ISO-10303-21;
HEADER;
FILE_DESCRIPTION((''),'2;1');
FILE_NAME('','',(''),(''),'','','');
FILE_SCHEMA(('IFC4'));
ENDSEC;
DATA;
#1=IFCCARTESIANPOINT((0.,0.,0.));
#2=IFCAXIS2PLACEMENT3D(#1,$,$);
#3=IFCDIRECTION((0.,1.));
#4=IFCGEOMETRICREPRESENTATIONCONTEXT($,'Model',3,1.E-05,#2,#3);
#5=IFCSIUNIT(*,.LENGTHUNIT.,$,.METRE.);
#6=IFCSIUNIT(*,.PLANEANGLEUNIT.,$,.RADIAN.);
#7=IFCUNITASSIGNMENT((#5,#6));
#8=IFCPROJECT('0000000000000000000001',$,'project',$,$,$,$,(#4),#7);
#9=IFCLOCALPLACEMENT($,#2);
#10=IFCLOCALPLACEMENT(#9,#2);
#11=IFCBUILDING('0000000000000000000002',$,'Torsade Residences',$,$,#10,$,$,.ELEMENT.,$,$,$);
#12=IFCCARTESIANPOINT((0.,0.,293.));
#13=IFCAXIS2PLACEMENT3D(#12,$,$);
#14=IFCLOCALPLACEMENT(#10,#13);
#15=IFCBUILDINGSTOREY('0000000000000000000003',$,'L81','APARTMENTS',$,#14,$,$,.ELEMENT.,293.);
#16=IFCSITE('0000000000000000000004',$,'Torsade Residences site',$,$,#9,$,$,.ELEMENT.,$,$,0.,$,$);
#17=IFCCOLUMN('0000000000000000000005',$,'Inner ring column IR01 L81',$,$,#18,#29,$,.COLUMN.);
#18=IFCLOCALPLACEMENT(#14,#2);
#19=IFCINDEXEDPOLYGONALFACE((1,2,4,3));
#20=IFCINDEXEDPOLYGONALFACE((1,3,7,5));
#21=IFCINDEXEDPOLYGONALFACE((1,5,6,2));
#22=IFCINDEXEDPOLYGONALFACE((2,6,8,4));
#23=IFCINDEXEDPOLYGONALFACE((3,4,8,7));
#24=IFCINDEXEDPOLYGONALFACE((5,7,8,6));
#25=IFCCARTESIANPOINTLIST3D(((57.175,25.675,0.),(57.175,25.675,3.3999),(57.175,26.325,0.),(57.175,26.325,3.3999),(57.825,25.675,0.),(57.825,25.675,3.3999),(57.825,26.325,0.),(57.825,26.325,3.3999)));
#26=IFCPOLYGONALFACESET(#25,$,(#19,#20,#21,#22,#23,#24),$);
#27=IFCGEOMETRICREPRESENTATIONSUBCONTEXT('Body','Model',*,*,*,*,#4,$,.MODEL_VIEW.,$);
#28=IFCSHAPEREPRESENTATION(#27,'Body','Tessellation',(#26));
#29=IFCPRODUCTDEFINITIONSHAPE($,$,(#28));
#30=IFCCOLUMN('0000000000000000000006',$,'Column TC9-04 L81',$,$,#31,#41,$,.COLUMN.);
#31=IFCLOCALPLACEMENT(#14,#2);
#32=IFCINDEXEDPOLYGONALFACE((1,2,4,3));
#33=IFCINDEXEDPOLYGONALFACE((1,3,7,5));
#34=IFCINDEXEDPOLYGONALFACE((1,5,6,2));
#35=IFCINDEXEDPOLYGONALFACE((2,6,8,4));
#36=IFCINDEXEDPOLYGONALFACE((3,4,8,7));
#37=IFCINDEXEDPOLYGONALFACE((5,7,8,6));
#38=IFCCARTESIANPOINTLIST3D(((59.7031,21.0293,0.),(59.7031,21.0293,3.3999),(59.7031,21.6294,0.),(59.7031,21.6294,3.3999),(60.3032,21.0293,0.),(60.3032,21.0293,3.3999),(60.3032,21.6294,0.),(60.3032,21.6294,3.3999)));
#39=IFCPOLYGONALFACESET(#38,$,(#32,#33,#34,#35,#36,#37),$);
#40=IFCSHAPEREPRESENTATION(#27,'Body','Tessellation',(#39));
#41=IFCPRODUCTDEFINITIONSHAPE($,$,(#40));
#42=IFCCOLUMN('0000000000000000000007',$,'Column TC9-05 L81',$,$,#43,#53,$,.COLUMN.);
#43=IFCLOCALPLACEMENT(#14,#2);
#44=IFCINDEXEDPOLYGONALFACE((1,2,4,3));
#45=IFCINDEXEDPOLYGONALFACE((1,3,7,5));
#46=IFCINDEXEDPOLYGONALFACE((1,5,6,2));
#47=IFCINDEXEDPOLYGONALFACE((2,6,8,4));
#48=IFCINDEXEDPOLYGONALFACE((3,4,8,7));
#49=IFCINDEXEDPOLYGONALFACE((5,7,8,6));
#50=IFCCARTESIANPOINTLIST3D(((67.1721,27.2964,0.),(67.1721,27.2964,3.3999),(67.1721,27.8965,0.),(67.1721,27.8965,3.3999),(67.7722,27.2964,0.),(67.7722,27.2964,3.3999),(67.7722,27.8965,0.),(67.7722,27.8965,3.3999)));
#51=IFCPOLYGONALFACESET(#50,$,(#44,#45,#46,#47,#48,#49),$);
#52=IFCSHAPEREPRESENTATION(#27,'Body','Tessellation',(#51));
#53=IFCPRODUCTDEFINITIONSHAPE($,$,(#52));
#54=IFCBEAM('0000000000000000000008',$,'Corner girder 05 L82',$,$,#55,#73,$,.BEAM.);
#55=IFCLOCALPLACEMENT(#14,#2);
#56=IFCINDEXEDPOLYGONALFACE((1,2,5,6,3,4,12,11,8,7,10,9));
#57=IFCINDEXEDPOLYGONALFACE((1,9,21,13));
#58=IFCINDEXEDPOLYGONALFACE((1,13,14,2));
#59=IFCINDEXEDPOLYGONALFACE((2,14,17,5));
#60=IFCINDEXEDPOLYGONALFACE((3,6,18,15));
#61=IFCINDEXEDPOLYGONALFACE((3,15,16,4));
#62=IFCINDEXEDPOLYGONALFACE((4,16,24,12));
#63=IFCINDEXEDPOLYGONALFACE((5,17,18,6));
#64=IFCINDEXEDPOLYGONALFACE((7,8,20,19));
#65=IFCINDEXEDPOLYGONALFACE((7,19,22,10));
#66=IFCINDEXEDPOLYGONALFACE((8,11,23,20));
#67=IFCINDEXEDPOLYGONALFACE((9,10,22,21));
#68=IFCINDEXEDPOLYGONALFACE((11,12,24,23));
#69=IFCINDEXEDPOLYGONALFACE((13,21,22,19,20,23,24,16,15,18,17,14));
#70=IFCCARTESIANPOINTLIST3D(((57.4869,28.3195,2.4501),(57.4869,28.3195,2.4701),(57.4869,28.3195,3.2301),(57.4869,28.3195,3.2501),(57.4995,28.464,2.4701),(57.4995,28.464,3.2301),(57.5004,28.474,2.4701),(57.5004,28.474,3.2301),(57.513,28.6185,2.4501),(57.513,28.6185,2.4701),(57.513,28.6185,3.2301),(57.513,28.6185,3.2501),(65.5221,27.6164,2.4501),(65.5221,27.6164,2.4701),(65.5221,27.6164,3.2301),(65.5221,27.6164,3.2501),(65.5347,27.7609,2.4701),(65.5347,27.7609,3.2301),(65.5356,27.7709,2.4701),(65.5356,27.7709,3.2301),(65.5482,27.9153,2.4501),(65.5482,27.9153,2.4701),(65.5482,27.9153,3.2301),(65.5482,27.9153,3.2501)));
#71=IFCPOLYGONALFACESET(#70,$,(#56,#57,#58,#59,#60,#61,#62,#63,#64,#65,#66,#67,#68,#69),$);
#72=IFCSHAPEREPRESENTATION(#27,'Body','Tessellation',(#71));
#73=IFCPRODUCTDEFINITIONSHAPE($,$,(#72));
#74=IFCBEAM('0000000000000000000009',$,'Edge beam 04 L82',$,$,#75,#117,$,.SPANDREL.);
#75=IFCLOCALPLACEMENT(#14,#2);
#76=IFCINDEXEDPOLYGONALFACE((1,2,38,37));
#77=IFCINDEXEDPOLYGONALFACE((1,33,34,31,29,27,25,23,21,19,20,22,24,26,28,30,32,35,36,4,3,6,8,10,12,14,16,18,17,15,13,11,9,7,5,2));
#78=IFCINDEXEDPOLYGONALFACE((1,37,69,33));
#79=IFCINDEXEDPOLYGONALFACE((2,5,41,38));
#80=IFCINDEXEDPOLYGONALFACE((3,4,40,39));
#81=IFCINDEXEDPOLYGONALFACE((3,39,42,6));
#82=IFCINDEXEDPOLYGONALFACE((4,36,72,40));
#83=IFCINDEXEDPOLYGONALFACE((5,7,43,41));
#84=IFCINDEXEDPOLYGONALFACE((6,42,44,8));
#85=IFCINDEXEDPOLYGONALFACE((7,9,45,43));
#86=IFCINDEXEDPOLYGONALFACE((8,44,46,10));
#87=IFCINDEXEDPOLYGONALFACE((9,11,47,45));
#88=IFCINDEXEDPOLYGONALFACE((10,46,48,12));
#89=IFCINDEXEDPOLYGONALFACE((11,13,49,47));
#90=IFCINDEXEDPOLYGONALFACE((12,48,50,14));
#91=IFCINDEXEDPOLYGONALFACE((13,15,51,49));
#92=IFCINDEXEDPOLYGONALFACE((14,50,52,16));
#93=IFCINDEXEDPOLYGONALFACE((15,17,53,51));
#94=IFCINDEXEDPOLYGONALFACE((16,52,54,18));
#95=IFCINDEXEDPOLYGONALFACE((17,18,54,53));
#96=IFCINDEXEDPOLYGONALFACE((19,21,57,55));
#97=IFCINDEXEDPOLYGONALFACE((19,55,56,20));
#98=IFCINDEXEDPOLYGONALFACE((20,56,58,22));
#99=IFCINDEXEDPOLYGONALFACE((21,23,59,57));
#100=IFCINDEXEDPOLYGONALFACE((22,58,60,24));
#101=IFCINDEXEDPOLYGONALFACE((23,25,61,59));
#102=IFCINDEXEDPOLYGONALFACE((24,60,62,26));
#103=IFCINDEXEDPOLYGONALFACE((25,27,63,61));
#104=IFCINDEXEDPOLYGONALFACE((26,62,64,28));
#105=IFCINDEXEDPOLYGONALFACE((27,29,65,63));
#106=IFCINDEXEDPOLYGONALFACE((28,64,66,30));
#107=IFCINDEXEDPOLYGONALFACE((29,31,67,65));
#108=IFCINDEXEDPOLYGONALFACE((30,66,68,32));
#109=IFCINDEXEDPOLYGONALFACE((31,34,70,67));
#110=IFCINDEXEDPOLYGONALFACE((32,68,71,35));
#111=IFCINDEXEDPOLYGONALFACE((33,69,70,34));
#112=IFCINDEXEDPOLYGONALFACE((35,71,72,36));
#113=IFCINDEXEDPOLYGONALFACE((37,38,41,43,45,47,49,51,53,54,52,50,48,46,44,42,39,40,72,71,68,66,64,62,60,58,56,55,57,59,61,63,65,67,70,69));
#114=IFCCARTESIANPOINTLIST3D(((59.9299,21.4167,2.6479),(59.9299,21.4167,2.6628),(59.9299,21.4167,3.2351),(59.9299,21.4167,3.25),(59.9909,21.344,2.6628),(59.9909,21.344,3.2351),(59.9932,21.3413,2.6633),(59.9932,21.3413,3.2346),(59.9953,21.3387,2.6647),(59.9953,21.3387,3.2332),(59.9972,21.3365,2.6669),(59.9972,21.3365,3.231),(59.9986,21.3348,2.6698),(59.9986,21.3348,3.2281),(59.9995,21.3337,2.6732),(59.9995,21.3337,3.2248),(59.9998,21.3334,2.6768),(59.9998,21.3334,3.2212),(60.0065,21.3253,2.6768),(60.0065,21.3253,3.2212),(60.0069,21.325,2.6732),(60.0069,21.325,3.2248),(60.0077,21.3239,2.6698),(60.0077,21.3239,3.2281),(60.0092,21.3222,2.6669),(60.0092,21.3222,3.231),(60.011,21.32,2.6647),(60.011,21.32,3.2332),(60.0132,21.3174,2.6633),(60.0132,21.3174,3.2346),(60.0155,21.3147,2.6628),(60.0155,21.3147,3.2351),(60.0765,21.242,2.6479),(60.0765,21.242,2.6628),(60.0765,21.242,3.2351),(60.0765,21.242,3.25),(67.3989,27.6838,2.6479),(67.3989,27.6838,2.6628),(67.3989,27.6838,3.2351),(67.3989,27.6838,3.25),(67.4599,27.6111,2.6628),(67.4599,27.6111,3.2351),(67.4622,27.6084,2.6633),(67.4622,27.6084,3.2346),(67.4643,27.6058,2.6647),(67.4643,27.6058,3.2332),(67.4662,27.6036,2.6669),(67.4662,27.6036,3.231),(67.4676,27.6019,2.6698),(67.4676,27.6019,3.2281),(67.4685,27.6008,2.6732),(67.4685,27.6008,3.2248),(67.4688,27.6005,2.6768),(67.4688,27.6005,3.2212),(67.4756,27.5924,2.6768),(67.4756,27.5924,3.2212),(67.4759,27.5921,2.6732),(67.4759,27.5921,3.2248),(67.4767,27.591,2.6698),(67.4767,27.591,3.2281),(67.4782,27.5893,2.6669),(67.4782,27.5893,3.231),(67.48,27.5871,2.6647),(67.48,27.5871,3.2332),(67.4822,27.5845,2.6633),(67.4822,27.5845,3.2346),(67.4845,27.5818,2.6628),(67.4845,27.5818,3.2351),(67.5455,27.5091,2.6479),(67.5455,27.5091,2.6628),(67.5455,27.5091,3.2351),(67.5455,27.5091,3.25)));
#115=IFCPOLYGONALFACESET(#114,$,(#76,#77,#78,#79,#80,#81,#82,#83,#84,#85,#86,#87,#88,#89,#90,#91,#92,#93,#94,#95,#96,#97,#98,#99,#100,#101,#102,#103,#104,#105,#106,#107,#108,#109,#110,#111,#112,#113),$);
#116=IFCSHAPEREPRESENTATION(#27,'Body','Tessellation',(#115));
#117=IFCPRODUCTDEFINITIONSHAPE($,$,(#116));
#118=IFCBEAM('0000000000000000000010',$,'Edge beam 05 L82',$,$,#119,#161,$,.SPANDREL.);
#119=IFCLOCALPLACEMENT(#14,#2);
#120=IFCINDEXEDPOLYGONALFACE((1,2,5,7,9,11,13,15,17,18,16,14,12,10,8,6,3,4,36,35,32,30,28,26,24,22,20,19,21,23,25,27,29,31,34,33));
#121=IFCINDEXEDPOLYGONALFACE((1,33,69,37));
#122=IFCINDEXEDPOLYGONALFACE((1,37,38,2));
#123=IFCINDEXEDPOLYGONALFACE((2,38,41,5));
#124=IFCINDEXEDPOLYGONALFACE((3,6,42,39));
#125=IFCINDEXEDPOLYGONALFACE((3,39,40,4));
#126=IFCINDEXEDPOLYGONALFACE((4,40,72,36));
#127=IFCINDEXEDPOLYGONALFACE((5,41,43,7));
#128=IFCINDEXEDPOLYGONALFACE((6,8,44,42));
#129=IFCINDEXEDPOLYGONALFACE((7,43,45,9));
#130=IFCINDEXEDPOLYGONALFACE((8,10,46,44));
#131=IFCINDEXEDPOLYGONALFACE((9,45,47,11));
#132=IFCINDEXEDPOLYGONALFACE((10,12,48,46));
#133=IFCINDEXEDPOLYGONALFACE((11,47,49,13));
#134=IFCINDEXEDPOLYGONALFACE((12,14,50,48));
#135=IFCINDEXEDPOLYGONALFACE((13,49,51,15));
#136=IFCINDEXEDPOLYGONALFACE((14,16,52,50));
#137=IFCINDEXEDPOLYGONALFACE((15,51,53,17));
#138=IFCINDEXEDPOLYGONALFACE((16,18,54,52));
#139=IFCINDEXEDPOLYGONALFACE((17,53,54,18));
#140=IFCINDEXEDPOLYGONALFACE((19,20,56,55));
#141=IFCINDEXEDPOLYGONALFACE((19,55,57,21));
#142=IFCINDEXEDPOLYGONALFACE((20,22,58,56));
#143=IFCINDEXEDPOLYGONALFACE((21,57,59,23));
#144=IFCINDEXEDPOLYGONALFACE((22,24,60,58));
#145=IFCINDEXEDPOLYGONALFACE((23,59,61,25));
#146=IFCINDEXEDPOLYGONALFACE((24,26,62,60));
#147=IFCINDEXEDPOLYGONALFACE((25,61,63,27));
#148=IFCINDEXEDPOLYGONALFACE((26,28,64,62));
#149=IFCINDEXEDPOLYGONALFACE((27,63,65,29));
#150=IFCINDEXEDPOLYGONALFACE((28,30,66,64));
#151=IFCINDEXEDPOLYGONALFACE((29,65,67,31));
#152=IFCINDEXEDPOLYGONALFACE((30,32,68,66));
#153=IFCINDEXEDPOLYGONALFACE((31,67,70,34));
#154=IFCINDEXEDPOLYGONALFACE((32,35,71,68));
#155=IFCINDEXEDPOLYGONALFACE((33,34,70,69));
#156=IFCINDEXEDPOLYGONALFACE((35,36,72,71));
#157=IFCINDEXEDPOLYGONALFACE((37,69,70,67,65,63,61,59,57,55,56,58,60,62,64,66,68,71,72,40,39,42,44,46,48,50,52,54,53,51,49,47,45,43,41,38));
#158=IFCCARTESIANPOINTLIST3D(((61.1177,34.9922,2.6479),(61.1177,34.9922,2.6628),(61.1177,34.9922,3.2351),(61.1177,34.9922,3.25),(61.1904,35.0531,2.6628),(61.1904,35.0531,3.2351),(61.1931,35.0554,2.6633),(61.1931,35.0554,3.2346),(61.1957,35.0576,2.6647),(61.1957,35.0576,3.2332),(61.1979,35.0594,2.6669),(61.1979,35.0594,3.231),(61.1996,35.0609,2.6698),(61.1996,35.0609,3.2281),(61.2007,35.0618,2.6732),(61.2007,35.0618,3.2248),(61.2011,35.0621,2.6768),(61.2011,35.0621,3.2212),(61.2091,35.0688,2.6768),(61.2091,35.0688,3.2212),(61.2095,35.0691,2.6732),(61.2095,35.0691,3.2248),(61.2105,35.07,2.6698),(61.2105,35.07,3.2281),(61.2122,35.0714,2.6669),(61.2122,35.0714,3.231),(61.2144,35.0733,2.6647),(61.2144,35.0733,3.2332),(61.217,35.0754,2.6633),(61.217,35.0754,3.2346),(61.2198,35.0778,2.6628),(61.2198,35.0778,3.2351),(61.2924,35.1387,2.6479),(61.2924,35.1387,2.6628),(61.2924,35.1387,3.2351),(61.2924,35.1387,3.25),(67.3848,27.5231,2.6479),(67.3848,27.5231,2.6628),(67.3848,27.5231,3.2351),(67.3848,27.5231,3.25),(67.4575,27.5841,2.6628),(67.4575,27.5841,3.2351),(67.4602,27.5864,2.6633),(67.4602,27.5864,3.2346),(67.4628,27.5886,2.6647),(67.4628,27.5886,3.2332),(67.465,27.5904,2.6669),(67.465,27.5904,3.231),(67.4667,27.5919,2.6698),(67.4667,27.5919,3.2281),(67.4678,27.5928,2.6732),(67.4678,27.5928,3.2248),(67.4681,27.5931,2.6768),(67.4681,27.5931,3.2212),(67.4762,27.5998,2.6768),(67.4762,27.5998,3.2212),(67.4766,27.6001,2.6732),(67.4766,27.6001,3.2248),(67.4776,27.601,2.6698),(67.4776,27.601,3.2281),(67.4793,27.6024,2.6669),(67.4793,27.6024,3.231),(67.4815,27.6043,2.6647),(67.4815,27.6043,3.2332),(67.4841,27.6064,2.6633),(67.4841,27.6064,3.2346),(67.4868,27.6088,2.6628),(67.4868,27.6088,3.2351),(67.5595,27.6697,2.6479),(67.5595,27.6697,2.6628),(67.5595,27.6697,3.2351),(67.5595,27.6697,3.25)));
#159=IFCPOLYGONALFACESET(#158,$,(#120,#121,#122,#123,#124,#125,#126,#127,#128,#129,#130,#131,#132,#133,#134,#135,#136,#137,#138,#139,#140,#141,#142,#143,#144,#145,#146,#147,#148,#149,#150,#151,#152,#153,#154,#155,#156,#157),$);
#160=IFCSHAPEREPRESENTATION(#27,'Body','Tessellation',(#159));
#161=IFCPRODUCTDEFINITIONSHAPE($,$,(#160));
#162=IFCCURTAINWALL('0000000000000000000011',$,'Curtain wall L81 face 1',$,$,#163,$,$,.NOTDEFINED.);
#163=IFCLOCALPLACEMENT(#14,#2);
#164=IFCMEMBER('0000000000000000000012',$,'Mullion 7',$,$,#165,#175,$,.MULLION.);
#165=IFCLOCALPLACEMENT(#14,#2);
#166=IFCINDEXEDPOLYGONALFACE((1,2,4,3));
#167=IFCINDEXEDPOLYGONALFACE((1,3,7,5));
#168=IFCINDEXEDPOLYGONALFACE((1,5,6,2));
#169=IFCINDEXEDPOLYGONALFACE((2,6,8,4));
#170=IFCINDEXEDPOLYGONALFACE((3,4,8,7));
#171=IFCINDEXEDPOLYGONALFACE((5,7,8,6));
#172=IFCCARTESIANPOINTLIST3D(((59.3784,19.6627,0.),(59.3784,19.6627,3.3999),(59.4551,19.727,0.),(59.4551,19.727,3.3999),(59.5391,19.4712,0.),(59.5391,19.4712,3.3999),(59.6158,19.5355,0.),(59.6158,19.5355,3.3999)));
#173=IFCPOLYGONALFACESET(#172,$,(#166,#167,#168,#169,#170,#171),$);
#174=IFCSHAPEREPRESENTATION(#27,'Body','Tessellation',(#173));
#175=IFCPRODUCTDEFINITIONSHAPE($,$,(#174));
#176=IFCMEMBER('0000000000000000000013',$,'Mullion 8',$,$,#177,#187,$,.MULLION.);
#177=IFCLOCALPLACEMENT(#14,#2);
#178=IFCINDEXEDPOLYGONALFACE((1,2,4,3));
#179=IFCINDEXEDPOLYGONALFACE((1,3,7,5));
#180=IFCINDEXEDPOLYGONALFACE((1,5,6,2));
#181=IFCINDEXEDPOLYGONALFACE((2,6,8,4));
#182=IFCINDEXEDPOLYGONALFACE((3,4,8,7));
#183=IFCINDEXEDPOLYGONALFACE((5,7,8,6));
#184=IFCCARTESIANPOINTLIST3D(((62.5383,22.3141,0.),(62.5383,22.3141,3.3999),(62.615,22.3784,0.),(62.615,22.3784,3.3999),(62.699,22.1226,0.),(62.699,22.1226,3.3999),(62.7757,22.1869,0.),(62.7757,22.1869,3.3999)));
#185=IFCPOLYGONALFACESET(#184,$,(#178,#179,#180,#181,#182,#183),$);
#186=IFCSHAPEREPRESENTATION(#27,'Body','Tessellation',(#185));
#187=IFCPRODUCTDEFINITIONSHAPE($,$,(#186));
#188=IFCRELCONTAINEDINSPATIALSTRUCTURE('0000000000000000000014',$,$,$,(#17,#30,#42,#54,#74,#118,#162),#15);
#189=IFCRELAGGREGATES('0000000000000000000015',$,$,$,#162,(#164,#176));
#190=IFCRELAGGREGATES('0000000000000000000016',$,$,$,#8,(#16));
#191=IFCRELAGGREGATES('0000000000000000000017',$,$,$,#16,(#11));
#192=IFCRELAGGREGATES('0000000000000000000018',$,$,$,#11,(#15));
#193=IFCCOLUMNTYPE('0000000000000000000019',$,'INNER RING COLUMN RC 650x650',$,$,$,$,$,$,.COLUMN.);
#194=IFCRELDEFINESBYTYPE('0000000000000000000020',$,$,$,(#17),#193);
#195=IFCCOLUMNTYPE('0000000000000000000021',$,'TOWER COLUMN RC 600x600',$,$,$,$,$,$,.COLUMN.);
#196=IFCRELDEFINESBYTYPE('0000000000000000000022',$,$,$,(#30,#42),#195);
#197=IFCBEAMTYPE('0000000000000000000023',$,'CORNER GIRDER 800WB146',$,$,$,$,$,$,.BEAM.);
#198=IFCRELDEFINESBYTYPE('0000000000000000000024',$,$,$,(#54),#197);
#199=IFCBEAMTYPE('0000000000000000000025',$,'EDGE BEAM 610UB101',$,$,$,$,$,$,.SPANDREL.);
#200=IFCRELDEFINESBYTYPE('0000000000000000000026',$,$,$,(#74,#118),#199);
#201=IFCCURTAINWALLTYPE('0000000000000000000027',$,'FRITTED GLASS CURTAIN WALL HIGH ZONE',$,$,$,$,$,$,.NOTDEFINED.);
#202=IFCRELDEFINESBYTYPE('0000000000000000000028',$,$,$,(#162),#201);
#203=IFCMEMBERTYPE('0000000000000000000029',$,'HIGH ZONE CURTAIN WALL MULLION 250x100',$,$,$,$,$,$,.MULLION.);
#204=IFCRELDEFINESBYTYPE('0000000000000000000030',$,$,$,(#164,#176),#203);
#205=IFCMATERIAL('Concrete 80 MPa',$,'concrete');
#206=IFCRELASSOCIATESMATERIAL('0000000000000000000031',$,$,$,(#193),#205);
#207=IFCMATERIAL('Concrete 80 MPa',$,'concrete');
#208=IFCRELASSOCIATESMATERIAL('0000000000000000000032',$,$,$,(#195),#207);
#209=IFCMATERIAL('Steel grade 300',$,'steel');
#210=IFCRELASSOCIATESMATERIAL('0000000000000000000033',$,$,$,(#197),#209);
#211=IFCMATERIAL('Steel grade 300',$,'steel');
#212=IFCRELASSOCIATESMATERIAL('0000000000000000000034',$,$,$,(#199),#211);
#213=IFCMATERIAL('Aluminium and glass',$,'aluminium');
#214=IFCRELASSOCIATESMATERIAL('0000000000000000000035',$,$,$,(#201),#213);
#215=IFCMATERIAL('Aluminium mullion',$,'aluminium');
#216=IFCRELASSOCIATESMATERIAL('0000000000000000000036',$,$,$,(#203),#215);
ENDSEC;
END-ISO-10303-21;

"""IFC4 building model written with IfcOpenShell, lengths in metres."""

from ifc_helpers import new_model, si_unit, direction, frame, origin, origin_2d, place, context, subcontext, project, spatial, rectangle, i_section, extrude, material, material_profile, profile_set, type_object, element, aggregate, save


model = new_model("IFC4")

# Units and contexts
model_context = context("Model", 3, precision=1e-05, world=origin(), true_north=direction((0.0, 1.0)))
body_context = subcontext(model_context, "Body", "Model", "MODEL_VIEW")
ifc_project = project(units=[si_unit("LENGTHUNIT", "METRE"), si_unit("PLANEANGLEUNIT", "RADIAN")], contexts=[model_context])

# Site, building, storey
site_placement = place(None, origin())
site = spatial("IfcSite", under=ifc_project, at=site_placement, Name="Torsade Residences site", CompositionType="ELEMENT", RefElevation=0.0)
building_placement = place(site_placement, origin())
building = spatial("IfcBuilding", under=site, at=building_placement, Name="Torsade Residences", CompositionType="ELEMENT")
storey_placement = place(building_placement, frame((0.0, 0.0, 293.0)))
storey = spatial("IfcBuildingStorey", under=building, at=storey_placement, Name="L81", Description="APARTMENTS", CompositionType="ELEMENT", Elevation=293.0)

# Columns
ifc_material_1 = material(Name="Concrete 80 MPa", Category="concrete")
ifc_material_profile_1 = material_profile(ifc_material_1, rectangle(XDim=0.6499, YDim=0.6499, at=origin_2d()), Name="RC 650x650")
ifc_profile_set_1 = profile_set([ifc_material_profile_1], Name="Concrete 80 MPa")
column_type_1 = type_object("IfcColumnType", Name="INNER RING COLUMN RC 650x650", PredefinedType="COLUMN", material=ifc_profile_set_1)
column_placement = place(storey_placement, frame((57.5, 26.0, 0.0), z_axis=(0.0, 0.0, 1.0), x_axis=(1.0, 0.0, 0.0)))
element("IfcColumn", 1, at=column_placement, inside=storey, type_object=column_type_1, Name="Inner ring column IR01 L81", PredefinedType="COLUMN", context=body_context, shape_type="SweptSolid", body=[
    extrude(rectangle(XDim=0.6499, YDim=0.6499, at=origin_2d()), origin(), (0.0, 0.0, 1.0), 3.3999),
])
ifc_material_2 = material(Name="Concrete 80 MPa", Category="concrete")
ifc_material_profile_2 = material_profile(ifc_material_2, rectangle(XDim=0.6001, YDim=0.6001, at=origin_2d()), Name="RC 600x600")
ifc_profile_set_2 = profile_set([ifc_material_profile_2], Name="Concrete 80 MPa")
column_type_2 = type_object("IfcColumnType", Name="TOWER COLUMN RC 600x600", PredefinedType="COLUMN", material=ifc_profile_set_2)
for number, where, z_axis, x_axis, name in (
    (2, (60.0032, 21.3293, 0.0), (0.0, 0.0, 1.0), (1.0, 0.0, 0.0), "Column TC9-04 L81"),
    (3, (67.4722, 27.5964, 0.0), (0.0, 0.0, 1.0), (1.0, 0.0, 0.0), "Column TC9-05 L81"),
):
    element("IfcColumn", number, at=place(storey_placement, frame(where, z_axis=z_axis, x_axis=x_axis)), inside=storey, type_object=column_type_2, Name=name, PredefinedType="COLUMN", context=body_context, shape_type="SweptSolid", body=[
        extrude(rectangle(XDim=0.6001, YDim=0.6001, at=origin_2d()), origin(), (0.0, 0.0, 1.0), 3.3999),
    ])

# Beams
ifc_material_3 = material(Name="Steel grade 300", Category="steel")
ifc_material_profile_3 = material_profile(ifc_material_3, i_section(OverallWidth=0.3, OverallDepth=0.8, WebThickness=0.01, FlangeThickness=0.02, at=origin_2d()), Name="800WB146")
ifc_profile_set_3 = profile_set([ifc_material_profile_3], Name="Steel grade 300")
beam_type_1 = type_object("IfcBeamType", Name="CORNER GIRDER 800WB146", PredefinedType="BEAM", material=ifc_profile_set_3)
beam_1_placement = place(storey_placement, frame((65.5352, 27.7659, 2.8501), z_axis=(-0.996193, 0.087173, 0.0), x_axis=(-0.087173, -0.996193, 0.0)))
element("IfcBeam", 4, at=beam_1_placement, inside=storey, type_object=beam_type_1, Name="Corner girder 05 L82", PredefinedType="BEAM", context=body_context, shape_type="SweptSolid", body=[
    extrude(i_section(OverallWidth=0.3, OverallDepth=0.8, WebThickness=0.01, FlangeThickness=0.02, at=origin_2d()), origin(), (0.0, 0.0, 1.0), 8.0659),
])
ifc_material_4 = material(Name="Steel grade 300", Category="steel")
ifc_material_profile_4 = material_profile(ifc_material_4, i_section(OverallWidth=0.228, OverallDepth=0.6021, WebThickness=0.0105, FlangeThickness=0.0149, FilletRadius=0.0139, at=origin_2d()), Name="610UB101")
ifc_profile_set_4 = profile_set([ifc_material_profile_4], Name="Steel grade 300")
beam_type_2 = type_object("IfcBeamType", Name="EDGE BEAM 610UB101", PredefinedType="SPANDREL", material=ifc_profile_set_4)
for number, where, z_axis, x_axis, name in (
    (5, (60.0032, 21.3293, 2.949), (0.766052, 0.642779, 0.0), (-0.642779, 0.766052, 0.0), "Edge beam 04 L82"),
    (6, (67.4722, 27.5964, 2.949), (-0.642779, 0.766052, 0.0), (-0.766052, -0.642779, 0.0), "Edge beam 05 L82"),
):
    element("IfcBeam", number, at=place(storey_placement, frame(where, z_axis=z_axis, x_axis=x_axis)), inside=storey, type_object=beam_type_2, Name=name, PredefinedType="SPANDREL", context=body_context, shape_type="SweptSolid", body=[
        extrude(i_section(OverallWidth=0.228, OverallDepth=0.6021, WebThickness=0.0105, FlangeThickness=0.0149, FilletRadius=0.0139, at=origin_2d()), origin(), (0.0, 0.0, 1.0), 9.75),
    ])

# Curtain wall, members
ifc_material_5 = material(Name="Aluminium and glass", Category="aluminium")
curtain_wall_type = type_object("IfcCurtainWallType", Name="FRITTED GLASS CURTAIN WALL HIGH ZONE", PredefinedType="NOTDEFINED", material=ifc_material_5)
curtain_wall_placement = place(storey_placement, origin())
curtain_wall = element("IfcCurtainWall", 7, at=curtain_wall_placement, inside=storey, type_object=curtain_wall_type, Name="Curtain wall L81 face 1", PredefinedType="NOTDEFINED")
ifc_material_6 = material(Name="Aluminium mullion", Category="aluminium")
ifc_material_profile_5 = material_profile(ifc_material_6, rectangle(XDim=0.25, YDim=0.1001, at=origin_2d()), Name="HIGH ZONE CURTAIN WALL MULLION 250x100")
ifc_profile_set_5 = profile_set([ifc_material_profile_5], Name="Aluminium mullion")
member_type_1 = type_object("IfcMemberType", Name="HIGH ZONE CURTAIN WALL MULLION 250x100", PredefinedType="MULLION", material=ifc_profile_set_5)
member_1_placement = place(storey_placement, frame((59.4971, 19.5991, 0.0), z_axis=(0.0, 0.0, 1.0), x_axis=(-0.642788, 0.766044, 0.0)))
member_1 = element("IfcMember", 8, at=member_1_placement, type_object=member_type_1, Name="Mullion 7", PredefinedType="MULLION", context=body_context, shape_type="SweptSolid", body=[
    extrude(rectangle(XDim=0.25, YDim=0.1001, at=origin_2d()), origin(), (0.0, 0.0, 1.0), 3.3999),
])
member_2_placement = place(storey_placement, frame((62.657, 22.2505, 0.0), z_axis=(0.0, 0.0, 1.0), x_axis=(-0.642788, 0.766044, 0.0)))
member_2 = element("IfcMember", 9, at=member_2_placement, type_object=member_type_1, Name="Mullion 8", PredefinedType="MULLION", context=body_context, shape_type="SweptSolid", body=[
    extrude(rectangle(XDim=0.25, YDim=0.1001, at=origin_2d()), origin(), (0.0, 0.0, 1.0), 3.3999),
])

aggregate(curtain_wall, [member_1, member_2])

save(model, "model.ifc")
